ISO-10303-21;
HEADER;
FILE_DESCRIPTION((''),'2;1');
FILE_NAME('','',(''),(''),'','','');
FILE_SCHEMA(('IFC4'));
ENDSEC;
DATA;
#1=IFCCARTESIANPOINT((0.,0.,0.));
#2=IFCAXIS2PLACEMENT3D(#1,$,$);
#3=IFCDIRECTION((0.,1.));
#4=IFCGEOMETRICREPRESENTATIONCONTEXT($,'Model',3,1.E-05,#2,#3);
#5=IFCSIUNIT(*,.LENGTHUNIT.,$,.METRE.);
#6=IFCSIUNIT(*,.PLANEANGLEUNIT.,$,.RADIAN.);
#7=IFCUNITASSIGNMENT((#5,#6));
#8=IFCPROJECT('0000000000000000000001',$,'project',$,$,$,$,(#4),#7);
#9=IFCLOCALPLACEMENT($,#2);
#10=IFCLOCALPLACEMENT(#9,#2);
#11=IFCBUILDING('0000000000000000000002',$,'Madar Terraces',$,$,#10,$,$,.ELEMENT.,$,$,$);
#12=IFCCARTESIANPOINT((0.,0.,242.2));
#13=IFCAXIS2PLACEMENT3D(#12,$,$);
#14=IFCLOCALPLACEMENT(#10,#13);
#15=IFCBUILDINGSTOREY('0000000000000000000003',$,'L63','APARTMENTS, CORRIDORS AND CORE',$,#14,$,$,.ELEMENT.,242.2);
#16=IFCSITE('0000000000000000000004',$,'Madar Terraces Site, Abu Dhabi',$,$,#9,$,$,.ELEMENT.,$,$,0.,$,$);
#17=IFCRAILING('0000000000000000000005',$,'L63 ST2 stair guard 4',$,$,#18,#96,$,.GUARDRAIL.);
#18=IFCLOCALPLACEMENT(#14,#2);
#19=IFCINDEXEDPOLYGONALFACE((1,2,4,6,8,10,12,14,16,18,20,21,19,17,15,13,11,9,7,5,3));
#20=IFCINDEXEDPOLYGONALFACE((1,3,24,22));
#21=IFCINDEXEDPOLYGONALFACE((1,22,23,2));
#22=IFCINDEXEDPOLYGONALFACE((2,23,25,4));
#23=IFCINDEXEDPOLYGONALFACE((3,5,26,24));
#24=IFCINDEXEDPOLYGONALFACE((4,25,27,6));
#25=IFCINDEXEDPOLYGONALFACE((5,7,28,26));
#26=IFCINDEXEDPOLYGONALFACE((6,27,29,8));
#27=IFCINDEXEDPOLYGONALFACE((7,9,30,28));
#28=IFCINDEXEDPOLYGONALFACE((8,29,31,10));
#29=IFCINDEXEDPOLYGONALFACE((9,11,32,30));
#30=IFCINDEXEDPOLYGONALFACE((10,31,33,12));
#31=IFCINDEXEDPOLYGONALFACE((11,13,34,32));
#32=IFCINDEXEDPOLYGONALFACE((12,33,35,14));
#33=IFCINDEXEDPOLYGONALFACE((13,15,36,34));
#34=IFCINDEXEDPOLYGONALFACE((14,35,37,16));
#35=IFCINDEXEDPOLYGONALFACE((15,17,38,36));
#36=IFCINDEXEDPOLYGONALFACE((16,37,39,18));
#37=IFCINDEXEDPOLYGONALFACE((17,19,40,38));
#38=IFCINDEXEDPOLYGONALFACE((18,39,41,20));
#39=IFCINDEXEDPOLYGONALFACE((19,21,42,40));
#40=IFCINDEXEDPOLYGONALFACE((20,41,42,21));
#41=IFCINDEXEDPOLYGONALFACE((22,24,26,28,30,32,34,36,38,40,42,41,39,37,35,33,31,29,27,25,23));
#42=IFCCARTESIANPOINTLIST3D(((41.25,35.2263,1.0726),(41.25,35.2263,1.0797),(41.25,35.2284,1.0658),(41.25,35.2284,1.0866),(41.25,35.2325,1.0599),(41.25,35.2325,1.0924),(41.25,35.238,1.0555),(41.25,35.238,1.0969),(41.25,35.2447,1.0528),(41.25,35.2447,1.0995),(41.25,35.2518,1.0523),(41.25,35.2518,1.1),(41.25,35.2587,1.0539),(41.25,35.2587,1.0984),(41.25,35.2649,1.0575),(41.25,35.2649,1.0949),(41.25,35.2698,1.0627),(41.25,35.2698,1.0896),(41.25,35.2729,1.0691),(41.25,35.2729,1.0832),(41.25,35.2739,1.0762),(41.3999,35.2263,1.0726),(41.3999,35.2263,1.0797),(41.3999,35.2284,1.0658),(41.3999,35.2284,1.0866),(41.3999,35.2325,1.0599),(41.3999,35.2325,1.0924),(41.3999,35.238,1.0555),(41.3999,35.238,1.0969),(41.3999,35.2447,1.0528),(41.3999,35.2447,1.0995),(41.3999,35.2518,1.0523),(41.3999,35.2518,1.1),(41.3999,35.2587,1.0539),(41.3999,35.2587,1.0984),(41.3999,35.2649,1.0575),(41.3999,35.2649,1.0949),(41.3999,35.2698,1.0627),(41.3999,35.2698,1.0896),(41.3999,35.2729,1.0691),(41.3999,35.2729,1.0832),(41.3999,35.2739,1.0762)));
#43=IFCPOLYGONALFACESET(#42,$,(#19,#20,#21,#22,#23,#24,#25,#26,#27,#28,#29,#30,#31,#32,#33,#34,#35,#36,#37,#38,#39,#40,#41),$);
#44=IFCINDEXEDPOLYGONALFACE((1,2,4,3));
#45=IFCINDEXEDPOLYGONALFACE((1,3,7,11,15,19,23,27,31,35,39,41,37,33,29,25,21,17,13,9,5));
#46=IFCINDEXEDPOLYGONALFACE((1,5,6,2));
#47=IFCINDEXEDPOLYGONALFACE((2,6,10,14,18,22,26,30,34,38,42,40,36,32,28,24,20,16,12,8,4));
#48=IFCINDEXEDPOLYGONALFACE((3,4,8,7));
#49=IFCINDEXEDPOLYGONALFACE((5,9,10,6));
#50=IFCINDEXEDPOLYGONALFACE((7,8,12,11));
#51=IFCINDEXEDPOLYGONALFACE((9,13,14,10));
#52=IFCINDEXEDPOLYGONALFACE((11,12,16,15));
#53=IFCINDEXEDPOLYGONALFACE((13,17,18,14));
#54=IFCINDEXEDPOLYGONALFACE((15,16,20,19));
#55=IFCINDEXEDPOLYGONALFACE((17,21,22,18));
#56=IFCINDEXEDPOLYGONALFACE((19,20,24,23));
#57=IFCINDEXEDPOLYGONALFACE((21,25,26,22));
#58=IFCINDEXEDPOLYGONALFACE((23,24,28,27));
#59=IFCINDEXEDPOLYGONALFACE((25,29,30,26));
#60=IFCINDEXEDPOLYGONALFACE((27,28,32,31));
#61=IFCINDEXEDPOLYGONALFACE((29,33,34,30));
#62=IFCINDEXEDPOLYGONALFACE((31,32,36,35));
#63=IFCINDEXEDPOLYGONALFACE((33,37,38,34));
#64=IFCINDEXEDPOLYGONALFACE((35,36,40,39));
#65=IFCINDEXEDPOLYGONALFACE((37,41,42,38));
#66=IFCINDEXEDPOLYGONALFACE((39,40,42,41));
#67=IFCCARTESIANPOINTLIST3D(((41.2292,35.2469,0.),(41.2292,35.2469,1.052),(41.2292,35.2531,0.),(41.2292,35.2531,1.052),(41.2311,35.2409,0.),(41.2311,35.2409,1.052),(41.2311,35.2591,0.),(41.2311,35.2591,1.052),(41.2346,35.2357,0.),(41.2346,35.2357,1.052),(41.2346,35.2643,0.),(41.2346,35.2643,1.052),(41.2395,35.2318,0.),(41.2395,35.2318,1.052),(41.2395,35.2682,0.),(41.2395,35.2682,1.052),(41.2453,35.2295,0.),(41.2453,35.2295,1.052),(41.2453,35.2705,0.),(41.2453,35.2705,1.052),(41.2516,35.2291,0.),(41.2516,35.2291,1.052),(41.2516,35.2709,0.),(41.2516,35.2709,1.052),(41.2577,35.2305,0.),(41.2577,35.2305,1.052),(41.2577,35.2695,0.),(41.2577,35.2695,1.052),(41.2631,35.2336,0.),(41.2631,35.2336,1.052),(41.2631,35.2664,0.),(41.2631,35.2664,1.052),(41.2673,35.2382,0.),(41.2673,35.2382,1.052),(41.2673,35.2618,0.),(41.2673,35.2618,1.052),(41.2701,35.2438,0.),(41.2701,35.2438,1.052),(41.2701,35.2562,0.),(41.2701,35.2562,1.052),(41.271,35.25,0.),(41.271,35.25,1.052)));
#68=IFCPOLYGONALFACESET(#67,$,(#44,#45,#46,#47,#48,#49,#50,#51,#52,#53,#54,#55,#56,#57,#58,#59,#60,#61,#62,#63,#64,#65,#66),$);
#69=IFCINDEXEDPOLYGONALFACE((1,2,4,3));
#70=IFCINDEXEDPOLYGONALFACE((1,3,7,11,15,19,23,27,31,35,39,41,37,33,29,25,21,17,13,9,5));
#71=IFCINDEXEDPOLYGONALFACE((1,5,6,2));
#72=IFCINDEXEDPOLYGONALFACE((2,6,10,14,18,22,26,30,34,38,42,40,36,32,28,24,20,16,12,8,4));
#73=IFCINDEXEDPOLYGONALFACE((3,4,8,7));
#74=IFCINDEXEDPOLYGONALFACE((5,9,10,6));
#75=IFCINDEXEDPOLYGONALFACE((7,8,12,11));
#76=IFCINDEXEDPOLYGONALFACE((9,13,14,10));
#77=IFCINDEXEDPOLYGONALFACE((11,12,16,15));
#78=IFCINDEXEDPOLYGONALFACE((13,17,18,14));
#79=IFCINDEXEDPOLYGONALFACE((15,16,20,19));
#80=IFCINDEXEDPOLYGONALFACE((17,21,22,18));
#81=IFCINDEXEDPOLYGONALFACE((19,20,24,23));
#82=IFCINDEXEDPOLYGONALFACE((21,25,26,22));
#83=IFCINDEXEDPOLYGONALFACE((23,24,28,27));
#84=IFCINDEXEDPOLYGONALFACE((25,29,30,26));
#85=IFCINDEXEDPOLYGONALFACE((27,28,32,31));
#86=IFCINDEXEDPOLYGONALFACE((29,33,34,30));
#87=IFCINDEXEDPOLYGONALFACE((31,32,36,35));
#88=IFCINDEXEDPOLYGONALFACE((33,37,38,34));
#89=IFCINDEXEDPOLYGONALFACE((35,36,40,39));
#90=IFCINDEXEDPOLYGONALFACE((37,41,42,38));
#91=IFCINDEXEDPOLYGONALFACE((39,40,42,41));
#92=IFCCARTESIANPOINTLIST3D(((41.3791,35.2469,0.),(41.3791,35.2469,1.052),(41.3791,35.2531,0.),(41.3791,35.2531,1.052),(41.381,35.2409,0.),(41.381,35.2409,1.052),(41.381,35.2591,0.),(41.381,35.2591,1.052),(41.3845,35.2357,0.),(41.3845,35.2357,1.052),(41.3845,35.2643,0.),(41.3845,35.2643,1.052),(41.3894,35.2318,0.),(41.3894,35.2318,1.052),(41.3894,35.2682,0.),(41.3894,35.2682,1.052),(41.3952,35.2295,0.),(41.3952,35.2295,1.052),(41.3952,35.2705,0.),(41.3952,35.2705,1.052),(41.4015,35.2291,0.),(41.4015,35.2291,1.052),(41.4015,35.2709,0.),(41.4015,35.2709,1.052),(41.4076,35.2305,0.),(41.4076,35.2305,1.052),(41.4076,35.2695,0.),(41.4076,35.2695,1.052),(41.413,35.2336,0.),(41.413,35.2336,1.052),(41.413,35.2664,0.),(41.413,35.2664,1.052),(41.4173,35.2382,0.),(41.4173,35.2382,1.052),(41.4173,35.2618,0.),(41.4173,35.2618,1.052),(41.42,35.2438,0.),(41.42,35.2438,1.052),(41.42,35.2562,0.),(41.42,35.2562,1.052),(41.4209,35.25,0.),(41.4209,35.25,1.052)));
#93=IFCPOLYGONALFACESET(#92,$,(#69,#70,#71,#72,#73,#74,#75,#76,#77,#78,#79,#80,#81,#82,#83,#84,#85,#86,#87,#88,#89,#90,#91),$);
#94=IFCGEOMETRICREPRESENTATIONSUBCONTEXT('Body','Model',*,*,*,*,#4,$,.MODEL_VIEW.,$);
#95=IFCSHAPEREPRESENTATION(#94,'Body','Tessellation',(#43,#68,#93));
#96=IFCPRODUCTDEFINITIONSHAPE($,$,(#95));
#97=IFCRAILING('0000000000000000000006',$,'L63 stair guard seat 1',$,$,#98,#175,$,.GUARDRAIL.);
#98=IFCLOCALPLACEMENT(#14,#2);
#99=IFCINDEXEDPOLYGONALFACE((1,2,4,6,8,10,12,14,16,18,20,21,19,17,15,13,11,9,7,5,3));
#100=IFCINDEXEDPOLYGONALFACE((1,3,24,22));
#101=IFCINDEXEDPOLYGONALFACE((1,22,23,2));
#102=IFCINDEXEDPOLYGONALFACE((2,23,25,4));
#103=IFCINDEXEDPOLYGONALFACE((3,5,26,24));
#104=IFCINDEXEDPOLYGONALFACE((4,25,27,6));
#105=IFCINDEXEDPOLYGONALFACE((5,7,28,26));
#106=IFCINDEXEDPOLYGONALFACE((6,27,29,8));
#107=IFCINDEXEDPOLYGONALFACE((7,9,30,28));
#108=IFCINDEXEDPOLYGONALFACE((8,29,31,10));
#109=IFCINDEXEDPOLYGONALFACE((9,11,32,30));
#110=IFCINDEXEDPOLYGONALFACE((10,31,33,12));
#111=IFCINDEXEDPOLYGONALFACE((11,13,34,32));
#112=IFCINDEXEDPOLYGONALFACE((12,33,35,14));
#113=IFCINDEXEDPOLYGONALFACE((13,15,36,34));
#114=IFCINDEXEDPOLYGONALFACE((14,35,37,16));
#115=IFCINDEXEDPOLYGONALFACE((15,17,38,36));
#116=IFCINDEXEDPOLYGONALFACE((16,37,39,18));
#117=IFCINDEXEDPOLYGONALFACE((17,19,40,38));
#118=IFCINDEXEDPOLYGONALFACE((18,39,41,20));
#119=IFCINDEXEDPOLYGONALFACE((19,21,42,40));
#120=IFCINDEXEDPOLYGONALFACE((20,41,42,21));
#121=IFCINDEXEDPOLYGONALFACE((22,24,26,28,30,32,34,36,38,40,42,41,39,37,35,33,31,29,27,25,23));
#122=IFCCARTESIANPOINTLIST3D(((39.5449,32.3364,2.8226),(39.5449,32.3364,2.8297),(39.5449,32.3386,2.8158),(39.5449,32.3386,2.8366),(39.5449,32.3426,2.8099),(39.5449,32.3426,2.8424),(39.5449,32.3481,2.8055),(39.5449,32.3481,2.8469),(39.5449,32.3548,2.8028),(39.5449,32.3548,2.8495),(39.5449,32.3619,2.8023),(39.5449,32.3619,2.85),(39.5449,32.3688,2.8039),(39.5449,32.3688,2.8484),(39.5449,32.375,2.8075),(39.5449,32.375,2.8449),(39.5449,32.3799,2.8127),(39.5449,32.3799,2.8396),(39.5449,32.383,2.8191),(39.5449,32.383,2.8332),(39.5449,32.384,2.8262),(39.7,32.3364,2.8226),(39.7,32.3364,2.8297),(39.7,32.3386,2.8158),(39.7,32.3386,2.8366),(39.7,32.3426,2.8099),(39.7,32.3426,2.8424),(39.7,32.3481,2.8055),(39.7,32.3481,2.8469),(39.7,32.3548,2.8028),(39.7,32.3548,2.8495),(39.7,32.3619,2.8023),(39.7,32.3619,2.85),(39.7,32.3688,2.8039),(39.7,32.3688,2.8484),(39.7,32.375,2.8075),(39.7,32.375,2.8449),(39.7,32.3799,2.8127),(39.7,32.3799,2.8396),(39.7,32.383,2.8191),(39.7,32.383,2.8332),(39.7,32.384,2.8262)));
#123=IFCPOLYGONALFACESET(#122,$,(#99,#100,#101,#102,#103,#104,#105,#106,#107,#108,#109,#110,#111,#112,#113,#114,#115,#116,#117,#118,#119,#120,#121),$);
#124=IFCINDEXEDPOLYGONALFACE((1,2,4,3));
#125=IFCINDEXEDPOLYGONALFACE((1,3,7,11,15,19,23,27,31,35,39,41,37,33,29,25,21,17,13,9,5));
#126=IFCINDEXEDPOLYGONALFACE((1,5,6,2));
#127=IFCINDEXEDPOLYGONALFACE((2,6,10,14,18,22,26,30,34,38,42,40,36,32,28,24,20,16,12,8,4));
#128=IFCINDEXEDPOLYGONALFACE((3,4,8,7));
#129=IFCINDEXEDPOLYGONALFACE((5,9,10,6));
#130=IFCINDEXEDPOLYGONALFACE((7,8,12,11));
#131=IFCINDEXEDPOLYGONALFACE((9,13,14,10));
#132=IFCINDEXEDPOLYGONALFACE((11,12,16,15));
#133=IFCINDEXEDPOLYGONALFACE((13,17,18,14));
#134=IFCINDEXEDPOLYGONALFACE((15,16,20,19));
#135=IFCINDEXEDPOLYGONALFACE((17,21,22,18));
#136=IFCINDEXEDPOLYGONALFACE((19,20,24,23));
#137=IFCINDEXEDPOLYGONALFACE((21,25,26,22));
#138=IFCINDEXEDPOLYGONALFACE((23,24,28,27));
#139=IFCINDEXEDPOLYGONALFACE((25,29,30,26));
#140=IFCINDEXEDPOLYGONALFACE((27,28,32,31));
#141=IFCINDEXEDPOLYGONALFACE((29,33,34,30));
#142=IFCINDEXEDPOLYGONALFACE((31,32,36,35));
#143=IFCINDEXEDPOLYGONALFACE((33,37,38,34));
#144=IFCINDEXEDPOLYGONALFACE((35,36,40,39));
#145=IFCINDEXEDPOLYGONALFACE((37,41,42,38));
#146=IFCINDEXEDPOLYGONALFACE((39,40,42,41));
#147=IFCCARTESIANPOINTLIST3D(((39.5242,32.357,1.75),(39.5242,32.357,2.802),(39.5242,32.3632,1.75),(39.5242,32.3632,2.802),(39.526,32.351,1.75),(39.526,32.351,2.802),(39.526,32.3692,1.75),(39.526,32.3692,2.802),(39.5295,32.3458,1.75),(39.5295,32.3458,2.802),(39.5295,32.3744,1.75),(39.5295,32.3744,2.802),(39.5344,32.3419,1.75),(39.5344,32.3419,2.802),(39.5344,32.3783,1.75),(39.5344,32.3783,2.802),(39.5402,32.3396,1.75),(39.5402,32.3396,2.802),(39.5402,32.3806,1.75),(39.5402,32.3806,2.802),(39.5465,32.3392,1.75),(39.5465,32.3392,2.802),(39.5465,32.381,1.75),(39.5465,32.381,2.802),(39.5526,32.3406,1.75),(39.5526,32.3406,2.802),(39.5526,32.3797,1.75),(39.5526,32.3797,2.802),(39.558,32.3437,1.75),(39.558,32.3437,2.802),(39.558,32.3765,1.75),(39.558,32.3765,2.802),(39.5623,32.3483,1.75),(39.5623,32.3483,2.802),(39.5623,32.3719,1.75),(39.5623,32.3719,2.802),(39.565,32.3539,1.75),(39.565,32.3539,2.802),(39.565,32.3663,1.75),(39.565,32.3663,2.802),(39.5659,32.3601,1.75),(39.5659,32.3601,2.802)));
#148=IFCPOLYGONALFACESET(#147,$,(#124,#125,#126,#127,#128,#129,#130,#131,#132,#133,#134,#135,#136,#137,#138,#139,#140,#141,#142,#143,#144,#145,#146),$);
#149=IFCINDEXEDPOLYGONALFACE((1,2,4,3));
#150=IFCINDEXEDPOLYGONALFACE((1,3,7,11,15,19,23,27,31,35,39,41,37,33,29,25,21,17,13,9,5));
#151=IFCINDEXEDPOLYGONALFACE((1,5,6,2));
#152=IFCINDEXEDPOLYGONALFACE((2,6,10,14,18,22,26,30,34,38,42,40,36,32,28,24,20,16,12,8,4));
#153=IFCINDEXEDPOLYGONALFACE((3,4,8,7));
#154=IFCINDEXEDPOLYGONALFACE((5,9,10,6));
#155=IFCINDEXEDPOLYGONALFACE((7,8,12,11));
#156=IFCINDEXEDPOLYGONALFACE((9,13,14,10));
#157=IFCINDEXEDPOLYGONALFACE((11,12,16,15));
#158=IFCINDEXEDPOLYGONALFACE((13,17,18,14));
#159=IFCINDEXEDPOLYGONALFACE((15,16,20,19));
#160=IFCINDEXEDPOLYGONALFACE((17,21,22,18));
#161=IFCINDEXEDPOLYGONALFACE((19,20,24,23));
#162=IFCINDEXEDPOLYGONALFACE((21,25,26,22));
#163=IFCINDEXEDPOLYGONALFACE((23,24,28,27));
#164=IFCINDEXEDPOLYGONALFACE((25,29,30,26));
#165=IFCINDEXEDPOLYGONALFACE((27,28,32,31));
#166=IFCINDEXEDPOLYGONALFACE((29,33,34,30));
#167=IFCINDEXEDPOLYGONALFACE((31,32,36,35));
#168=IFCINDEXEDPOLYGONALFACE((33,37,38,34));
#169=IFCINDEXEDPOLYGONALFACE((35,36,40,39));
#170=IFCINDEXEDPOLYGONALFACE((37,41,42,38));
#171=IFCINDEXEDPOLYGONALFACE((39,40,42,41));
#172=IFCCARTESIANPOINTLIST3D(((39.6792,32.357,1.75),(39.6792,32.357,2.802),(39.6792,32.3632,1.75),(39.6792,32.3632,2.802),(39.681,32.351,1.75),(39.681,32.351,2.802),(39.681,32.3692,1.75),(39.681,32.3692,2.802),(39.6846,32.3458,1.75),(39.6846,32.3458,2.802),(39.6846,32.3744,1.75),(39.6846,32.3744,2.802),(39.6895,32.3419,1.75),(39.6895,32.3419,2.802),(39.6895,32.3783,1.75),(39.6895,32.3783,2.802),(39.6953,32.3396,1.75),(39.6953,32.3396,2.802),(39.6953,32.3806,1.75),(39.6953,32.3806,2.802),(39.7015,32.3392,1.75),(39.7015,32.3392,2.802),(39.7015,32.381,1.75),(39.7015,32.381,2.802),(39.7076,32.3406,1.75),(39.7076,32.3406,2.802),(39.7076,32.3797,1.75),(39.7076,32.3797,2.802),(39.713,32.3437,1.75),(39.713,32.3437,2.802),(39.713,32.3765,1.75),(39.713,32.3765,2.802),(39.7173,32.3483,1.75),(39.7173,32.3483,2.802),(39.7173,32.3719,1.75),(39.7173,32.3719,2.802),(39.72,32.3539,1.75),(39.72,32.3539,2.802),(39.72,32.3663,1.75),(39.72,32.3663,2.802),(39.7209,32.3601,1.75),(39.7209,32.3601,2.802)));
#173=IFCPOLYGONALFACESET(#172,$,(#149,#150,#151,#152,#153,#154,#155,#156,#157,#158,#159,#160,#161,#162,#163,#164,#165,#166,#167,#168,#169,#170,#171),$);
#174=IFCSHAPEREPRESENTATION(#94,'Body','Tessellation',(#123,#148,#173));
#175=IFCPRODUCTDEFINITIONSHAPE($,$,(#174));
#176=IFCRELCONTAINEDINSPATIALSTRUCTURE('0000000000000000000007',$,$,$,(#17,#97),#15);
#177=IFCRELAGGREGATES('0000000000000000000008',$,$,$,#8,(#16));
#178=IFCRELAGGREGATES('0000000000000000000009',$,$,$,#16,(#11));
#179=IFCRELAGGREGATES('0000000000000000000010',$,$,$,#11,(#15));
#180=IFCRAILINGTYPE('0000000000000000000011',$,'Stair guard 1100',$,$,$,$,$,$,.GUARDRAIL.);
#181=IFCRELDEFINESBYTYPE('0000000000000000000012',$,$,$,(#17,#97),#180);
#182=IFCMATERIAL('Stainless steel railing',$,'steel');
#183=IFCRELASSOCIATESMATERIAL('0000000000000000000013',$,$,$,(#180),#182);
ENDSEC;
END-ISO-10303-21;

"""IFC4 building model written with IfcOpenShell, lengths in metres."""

from ifc_helpers import new_model, si_unit, direction, frame, origin, origin_2d, place, context, subcontext, project, spatial, circle, extrude, material, type_object, element, save


model = new_model("IFC4")

# Units and contexts
model_context = context("Model", 3, precision=1e-05, world=origin(), true_north=direction((0.0, 1.0)))
body_context = subcontext(model_context, "Body", "Model", "MODEL_VIEW")
ifc_project = project(units=[si_unit("LENGTHUNIT", "METRE"), si_unit("PLANEANGLEUNIT", "RADIAN")], contexts=[model_context])

# Site, building, storey
site_placement = place(None, origin())
site = spatial("IfcSite", under=ifc_project, at=site_placement, Name="Madar Terraces Site, Abu Dhabi", CompositionType="ELEMENT", RefElevation=0.0)
building_placement = place(site_placement, origin())
building = spatial("IfcBuilding", under=site, at=building_placement, Name="Madar Terraces", CompositionType="ELEMENT")
storey_placement = place(building_placement, frame((0.0, 0.0, 242.2)))
storey = spatial("IfcBuildingStorey", under=building, at=storey_placement, Name="L63", Description="APARTMENTS, CORRIDORS AND CORE", CompositionType="ELEMENT", Elevation=242.2)

# Railings
ifc_material_1 = material(Name="Stainless steel railing", Category="steel")
railing_type_1 = type_object("IfcRailingType", Name="Stair guard 1100", PredefinedType="GUARDRAIL", material=ifc_material_1)
railing_1_placement = place(storey_placement, frame((41.25, 35.25, 0.0)))
element("IfcRailing", 1, at=railing_1_placement, inside=storey, type_object=railing_type_1, Name="L63 ST2 stair guard 4", PredefinedType="GUARDRAIL", context=body_context, shape_type="SweptSolid", body=[
    extrude(circle(Radius=0.0239, at=origin_2d()), frame((0.0, 0.0, 1.0762), z_axis=(1.0, 0.0, 0.0), x_axis=(0.0, 1.0, 0.0)), (0.0, 0.0, 1.0), 0.1499),
    extrude(circle(Radius=0.021, at=origin_2d()), origin(), (0.0, 0.0, 1.0), 1.052),
    extrude(circle(Radius=0.021, at=origin_2d()), frame((0.1499, 0.0, 0.0)), (0.0, 0.0, 1.0), 1.052),
])
for number, where, name in (
    (2, (39.5449, 32.3601, 1.75), "L63 stair guard seat 1"),
):
    element("IfcRailing", number, at=place(storey_placement, frame(where)), inside=storey, type_object=railing_type_1, Name=name, PredefinedType="GUARDRAIL", context=body_context, shape_type="SweptSolid", body=[
        extrude(circle(Radius=0.0239, at=origin_2d()), frame((0.0, 0.0, 1.0762), z_axis=(1.0, 0.0, 0.0), x_axis=(0.0, 1.0, 0.0)), (0.0, 0.0, 1.0), 0.155),
        extrude(circle(Radius=0.021, at=origin_2d()), origin(), (0.0, 0.0, 1.0), 1.052),
        extrude(circle(Radius=0.021, at=origin_2d()), frame((0.155, 0.0, 0.0)), (0.0, 0.0, 1.0), 1.052),
    ])

save(model, "model.ifc")
